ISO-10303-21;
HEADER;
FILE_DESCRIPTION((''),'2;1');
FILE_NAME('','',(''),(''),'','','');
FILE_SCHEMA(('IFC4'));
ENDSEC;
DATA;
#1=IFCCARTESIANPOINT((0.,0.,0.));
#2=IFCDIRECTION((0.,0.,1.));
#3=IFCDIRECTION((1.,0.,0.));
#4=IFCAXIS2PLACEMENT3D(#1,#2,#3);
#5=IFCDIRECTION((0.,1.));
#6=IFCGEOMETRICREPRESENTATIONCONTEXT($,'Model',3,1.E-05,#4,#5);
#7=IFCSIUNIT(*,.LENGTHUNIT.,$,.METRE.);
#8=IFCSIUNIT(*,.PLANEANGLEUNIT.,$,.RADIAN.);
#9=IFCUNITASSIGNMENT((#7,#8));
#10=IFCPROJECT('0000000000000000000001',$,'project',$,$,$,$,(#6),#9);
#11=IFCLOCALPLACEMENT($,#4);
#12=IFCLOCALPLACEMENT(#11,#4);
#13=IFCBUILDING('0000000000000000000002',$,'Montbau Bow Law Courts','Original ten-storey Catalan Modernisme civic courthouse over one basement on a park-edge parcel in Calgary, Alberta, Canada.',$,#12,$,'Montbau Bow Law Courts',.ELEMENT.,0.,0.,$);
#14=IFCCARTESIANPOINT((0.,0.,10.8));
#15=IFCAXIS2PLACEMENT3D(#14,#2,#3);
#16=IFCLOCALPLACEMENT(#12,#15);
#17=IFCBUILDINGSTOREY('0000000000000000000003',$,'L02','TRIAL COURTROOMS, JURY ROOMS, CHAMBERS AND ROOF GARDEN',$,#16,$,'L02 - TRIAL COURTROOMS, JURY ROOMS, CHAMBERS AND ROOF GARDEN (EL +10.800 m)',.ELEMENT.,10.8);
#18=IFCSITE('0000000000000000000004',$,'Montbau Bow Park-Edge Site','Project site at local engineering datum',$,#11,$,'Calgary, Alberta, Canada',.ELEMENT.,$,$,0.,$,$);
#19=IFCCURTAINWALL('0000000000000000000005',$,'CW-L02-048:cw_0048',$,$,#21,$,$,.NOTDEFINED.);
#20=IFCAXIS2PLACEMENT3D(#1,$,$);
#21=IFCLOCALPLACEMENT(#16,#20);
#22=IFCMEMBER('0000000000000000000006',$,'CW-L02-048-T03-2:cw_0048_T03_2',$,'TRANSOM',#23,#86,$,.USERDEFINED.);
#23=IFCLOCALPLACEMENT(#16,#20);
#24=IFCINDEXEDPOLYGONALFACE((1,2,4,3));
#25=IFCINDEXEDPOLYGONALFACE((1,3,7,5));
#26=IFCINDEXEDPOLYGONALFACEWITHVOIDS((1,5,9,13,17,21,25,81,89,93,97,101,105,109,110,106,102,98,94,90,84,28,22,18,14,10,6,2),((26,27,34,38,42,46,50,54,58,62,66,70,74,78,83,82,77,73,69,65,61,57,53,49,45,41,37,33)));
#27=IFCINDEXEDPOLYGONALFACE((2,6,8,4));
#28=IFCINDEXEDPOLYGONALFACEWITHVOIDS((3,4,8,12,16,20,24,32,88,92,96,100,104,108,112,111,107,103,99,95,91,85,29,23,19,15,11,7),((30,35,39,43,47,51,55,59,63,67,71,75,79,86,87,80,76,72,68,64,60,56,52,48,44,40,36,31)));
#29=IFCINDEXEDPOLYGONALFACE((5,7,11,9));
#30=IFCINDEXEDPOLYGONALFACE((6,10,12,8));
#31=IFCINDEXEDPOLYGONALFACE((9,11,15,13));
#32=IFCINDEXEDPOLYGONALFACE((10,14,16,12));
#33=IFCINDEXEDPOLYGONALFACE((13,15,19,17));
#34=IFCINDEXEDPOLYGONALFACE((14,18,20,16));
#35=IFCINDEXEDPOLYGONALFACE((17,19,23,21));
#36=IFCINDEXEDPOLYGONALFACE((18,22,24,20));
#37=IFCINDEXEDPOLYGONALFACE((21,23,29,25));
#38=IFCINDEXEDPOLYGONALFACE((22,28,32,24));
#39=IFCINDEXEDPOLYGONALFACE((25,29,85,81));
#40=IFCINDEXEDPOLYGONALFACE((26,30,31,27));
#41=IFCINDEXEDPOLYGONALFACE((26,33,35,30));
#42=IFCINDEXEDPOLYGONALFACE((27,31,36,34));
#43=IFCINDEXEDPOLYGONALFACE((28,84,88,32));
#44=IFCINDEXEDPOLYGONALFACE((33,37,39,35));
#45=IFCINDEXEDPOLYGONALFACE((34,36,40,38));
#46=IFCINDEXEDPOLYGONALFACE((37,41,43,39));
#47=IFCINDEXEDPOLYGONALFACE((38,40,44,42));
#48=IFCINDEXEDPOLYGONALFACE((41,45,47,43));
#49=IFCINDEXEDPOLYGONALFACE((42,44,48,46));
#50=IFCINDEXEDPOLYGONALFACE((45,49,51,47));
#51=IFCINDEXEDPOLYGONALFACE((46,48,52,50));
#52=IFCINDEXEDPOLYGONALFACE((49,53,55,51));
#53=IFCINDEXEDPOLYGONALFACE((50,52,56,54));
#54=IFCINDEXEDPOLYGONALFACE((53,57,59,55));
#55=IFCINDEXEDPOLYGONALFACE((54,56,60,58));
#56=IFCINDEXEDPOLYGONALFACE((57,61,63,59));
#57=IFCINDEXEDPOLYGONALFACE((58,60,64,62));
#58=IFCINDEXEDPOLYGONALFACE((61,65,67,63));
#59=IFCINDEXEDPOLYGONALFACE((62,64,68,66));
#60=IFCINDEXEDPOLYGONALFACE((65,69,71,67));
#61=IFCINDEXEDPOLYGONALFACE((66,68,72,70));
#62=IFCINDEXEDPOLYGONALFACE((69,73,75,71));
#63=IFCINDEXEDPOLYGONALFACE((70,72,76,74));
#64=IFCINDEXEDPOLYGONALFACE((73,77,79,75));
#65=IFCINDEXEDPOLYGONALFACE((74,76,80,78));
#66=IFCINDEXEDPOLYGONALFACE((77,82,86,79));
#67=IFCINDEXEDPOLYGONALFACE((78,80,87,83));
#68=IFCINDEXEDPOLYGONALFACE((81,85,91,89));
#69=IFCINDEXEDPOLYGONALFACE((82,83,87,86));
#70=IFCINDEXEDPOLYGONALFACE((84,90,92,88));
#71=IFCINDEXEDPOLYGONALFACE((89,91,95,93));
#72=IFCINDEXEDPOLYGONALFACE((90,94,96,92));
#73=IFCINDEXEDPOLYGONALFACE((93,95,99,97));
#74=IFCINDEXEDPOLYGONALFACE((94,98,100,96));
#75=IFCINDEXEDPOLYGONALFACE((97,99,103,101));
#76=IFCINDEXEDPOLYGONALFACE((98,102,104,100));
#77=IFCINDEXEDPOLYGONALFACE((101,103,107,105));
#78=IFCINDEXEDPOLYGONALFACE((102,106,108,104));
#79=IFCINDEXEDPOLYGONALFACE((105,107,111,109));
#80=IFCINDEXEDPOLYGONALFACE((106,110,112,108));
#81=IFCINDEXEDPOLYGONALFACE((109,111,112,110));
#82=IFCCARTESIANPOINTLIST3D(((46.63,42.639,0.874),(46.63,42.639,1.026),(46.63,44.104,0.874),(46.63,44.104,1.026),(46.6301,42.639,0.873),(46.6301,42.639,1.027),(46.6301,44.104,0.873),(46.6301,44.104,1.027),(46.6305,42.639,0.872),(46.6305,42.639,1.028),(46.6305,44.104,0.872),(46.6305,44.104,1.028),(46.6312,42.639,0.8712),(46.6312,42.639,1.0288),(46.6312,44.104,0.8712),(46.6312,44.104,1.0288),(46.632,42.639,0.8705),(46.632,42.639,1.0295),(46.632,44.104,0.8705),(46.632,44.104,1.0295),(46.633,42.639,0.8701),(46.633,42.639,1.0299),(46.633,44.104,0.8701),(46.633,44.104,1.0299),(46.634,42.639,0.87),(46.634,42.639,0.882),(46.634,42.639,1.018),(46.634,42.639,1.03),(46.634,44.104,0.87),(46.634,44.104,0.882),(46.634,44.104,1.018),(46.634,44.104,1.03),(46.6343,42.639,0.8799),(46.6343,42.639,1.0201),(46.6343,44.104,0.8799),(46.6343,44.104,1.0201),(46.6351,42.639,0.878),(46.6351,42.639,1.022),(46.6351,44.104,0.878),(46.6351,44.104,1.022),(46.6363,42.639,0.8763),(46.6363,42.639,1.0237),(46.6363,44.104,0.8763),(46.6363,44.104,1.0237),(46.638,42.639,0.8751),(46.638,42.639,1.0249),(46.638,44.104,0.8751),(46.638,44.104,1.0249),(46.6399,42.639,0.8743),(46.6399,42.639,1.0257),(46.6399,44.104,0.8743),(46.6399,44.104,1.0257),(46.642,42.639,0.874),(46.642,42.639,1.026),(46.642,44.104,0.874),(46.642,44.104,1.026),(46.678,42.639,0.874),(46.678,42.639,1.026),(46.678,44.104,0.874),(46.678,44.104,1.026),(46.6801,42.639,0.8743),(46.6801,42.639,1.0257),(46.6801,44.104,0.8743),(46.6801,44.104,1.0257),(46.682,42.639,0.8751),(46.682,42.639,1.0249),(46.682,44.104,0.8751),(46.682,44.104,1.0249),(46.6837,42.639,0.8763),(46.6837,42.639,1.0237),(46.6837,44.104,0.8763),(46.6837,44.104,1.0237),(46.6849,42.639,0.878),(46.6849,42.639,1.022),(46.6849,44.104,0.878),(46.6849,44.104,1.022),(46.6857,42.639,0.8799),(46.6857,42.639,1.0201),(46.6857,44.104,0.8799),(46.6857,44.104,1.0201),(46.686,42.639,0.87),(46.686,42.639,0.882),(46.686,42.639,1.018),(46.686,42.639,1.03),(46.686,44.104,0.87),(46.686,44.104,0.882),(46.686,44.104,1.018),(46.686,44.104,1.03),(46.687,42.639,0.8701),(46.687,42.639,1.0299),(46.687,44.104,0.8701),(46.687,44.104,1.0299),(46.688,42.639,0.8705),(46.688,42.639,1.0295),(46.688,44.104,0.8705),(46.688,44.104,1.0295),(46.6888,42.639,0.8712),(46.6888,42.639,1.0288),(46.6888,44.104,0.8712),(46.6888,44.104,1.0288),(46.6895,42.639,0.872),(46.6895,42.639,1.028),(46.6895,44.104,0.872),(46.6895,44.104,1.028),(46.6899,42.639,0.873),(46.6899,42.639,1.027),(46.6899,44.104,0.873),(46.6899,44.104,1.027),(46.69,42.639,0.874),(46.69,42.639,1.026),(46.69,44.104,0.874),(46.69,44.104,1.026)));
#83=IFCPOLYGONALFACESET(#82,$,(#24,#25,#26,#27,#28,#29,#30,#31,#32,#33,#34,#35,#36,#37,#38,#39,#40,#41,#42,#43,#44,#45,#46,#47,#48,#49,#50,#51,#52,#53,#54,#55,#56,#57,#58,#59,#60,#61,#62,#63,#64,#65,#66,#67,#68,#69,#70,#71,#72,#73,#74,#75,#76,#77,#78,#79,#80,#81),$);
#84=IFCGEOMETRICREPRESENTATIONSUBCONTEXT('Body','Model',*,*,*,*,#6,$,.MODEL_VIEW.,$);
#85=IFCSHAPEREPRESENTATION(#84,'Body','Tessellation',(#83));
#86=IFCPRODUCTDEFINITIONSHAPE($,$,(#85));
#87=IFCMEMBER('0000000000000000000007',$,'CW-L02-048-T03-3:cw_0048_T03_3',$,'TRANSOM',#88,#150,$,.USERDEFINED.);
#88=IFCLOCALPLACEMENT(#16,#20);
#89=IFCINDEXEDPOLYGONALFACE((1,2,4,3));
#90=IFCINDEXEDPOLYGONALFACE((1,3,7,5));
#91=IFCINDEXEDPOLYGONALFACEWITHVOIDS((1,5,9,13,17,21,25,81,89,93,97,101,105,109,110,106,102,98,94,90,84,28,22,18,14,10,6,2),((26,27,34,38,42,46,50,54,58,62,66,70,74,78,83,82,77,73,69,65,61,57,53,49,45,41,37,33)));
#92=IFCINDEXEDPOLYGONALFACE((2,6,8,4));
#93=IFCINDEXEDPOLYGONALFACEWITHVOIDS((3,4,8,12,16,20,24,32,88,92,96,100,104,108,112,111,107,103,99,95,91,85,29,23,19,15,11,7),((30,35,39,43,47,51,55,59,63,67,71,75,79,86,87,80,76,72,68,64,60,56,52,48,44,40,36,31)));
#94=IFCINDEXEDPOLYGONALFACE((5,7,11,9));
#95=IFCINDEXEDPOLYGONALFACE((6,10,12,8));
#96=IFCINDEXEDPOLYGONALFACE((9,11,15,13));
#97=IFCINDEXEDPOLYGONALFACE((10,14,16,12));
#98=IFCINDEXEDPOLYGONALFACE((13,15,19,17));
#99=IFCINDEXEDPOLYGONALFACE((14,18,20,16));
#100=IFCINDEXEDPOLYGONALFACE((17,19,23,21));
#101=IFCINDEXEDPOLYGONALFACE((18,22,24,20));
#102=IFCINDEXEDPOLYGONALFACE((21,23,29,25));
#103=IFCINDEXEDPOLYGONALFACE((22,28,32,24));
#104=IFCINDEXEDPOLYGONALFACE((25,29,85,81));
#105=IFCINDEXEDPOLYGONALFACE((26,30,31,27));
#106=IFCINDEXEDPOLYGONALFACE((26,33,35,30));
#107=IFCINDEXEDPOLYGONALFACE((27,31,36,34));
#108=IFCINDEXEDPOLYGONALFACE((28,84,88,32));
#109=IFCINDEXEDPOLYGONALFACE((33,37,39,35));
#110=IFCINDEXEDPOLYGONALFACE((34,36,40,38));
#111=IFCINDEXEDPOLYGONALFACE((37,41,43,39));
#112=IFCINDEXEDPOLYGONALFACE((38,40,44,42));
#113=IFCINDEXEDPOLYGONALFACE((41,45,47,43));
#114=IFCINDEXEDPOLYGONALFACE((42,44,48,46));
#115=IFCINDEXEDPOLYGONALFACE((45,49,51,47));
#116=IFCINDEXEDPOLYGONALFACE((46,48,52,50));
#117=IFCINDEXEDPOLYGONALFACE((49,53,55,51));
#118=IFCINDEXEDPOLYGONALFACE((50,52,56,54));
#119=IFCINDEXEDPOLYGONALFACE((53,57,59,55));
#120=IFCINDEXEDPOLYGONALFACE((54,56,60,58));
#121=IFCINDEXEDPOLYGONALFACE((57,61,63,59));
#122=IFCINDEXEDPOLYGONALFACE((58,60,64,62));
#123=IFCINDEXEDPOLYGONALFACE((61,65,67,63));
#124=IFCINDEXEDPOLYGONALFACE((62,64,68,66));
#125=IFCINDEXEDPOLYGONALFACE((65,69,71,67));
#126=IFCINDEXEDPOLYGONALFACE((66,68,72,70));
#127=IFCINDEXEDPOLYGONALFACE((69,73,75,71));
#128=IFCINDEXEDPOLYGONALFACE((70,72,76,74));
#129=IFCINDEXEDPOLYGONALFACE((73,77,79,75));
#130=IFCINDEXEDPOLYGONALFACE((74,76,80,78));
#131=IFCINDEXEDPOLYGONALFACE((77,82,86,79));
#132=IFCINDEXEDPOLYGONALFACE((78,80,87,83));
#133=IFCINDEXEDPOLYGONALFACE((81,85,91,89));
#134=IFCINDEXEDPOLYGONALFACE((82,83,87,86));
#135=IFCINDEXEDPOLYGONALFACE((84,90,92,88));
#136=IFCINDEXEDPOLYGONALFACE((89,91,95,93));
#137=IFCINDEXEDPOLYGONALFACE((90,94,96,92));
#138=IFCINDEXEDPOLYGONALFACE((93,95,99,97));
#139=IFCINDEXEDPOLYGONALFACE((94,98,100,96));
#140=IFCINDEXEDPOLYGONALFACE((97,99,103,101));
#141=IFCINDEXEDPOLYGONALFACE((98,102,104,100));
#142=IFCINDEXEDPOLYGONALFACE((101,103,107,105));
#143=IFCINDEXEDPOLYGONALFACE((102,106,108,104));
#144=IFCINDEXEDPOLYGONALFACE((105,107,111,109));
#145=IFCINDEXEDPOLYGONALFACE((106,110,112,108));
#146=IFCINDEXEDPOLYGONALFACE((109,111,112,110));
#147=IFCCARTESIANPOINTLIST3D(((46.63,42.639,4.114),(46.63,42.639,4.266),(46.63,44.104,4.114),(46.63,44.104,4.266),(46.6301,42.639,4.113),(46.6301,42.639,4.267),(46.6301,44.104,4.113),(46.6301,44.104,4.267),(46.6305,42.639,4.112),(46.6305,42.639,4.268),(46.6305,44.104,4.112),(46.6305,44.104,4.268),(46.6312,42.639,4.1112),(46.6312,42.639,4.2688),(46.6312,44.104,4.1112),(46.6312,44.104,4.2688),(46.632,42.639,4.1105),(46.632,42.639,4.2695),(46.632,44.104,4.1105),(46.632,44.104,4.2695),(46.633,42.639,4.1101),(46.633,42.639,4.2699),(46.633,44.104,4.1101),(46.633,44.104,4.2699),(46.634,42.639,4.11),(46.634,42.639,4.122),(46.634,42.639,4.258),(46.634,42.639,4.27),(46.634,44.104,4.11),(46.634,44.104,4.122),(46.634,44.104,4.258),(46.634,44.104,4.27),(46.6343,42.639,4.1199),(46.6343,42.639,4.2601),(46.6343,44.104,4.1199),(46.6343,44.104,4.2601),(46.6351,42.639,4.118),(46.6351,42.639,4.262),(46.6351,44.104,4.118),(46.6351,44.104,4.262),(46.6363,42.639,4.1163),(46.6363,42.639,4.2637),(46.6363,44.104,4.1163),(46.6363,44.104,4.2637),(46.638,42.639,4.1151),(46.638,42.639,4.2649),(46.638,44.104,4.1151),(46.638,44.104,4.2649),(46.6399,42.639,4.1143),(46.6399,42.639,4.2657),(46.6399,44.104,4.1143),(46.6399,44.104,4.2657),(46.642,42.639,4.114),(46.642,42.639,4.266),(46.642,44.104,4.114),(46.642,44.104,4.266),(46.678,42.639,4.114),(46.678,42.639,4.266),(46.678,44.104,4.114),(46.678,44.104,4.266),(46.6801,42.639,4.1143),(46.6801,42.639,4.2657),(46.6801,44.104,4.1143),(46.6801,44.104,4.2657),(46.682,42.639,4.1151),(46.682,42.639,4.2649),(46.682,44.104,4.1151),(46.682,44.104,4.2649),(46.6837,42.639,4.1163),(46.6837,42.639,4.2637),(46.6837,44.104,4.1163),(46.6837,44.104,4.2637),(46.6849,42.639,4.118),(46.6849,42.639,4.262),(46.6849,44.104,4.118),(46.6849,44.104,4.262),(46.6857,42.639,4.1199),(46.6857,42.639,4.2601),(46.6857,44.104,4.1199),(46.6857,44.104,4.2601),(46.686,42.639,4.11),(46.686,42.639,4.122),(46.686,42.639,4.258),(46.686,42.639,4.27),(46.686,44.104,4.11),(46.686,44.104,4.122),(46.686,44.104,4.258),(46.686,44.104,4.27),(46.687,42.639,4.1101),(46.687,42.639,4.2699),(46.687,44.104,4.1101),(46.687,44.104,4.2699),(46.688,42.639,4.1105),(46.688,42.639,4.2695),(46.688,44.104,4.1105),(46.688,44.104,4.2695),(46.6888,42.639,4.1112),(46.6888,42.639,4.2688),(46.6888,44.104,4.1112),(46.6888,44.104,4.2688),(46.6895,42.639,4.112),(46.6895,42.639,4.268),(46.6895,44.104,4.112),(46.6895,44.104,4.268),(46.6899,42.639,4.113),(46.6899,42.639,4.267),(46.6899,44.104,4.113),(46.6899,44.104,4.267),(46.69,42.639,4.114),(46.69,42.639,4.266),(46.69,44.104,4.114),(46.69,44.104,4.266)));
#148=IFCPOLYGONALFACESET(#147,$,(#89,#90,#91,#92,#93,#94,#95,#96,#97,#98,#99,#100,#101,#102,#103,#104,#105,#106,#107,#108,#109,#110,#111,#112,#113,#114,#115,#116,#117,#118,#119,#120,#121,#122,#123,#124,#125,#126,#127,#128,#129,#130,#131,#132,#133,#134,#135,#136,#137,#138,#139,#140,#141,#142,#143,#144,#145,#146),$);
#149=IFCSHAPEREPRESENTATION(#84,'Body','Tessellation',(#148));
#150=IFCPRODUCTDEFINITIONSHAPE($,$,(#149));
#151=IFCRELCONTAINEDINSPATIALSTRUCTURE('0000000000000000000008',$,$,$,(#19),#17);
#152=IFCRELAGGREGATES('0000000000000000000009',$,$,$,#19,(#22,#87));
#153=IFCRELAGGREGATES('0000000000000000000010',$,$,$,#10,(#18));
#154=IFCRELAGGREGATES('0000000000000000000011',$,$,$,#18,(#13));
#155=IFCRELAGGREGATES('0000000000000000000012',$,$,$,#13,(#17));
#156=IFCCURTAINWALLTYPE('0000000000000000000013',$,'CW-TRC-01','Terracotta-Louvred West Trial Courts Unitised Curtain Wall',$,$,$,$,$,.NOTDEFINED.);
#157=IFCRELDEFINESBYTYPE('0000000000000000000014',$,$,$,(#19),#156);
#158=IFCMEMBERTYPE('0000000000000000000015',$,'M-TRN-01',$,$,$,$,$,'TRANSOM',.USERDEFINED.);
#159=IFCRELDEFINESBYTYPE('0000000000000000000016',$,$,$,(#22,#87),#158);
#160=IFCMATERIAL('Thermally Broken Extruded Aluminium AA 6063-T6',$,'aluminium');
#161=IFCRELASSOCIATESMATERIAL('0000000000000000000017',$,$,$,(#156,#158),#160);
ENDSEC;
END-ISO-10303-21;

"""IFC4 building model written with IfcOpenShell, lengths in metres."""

from ifc_helpers import new_model, si_unit, direction, frame, origin_with_axes, origin_2d_with_axis, place, context, subcontext, project, spatial, hollow_rectangle, extrude, material, material_profile, profile_set, type_object, element, aggregate, save


model = new_model("IFC4")

# Units and contexts
model_context = context("Model", 3, precision=1e-05, world=origin_with_axes(), true_north=direction((0.0, 1.0)))
body_context = subcontext(model_context, "Body", "Model", "MODEL_VIEW")
ifc_project = project(units=[si_unit("LENGTHUNIT", "METRE"), si_unit("PLANEANGLEUNIT", "RADIAN")], contexts=[model_context])

# Site, building, storey
site_placement = place(None, origin_with_axes())
site = spatial("IfcSite", under=ifc_project, at=site_placement, Name="Montbau Bow Park-Edge Site", Description="Project site at local engineering datum", LongName="Calgary, Alberta, Canada", CompositionType="ELEMENT", RefElevation=0.0)
building_placement = place(site_placement, origin_with_axes())
building = spatial("IfcBuilding", under=site, at=building_placement, Name="Montbau Bow Law Courts", Description="Original ten-storey Catalan Modernisme civic courthouse over one basement on a park-edge parcel in Calgary, Alberta, Canada.", LongName="Montbau Bow Law Courts", CompositionType="ELEMENT", ElevationOfRefHeight=0.0, ElevationOfTerrain=0.0)
storey_placement = place(building_placement, frame((0.0, 0.0, 10.8), z_axis=(0.0, 0.0, 1.0), x_axis=(1.0, 0.0, 0.0)))
storey = spatial("IfcBuildingStorey", under=building, at=storey_placement, Name="L02", Description="TRIAL COURTROOMS, JURY ROOMS, CHAMBERS AND ROOF GARDEN", LongName="L02 - TRIAL COURTROOMS, JURY ROOMS, CHAMBERS AND ROOF GARDEN (EL +10.800 m)", CompositionType="ELEMENT", Elevation=10.8)

# Curtain wall
ifc_material_1 = material(Name="Thermally Broken Extruded Aluminium AA 6063-T6", Category="aluminium")
curtain_wall_type = type_object("IfcCurtainWallType", Name="CW-TRC-01", Description="Terracotta-Louvred West Trial Courts Unitised Curtain Wall", PredefinedType="NOTDEFINED", material=ifc_material_1)
curtain_wall_1_placement = place(None, frame((46.66, 39.515, 10.8), z_axis=(0.0, 0.0, 1.0), x_axis=(1.0, 0.0, 0.0)))
curtain_wall_1 = element("IfcCurtainWall", 1, at=curtain_wall_1_placement, inside=storey, type_object=curtain_wall_type, Name="CW-L02-048:cw_0048", PredefinedType="NOTDEFINED")

# Members
ifc_material_profile_1 = material_profile(ifc_material_1, hollow_rectangle(XDim=0.06, YDim=0.16, WallThickness=0.004, InnerFilletRadius=0.008, OuterFilletRadius=0.004, at=origin_2d_with_axis()), Name="CWT-160X60", Category="Main", Priority=0)
ifc_profile_set_1 = profile_set([ifc_material_profile_1], Name="Thermally Broken Extruded Aluminium AA 6063-T6")
member_type_1 = type_object("IfcMemberType", Name="M-TRN-01", ElementType="TRANSOM", PredefinedType="USERDEFINED", material=ifc_profile_set_1)
member_1_placement = place(None, frame((46.66, 42.639, 11.75), z_axis=(0.0, 1.0, 0.0), x_axis=(-1.0, 0.0, 0.0)))
member_1 = element("IfcMember", 2, at=member_1_placement, type_object=member_type_1, Name="CW-L02-048-T03-2:cw_0048_T03_2", ObjectType="TRANSOM", PredefinedType="USERDEFINED", context=body_context, shape_type="SweptSolid", body=[
    extrude(hollow_rectangle(XDim=0.06, YDim=0.16, WallThickness=0.004, InnerFilletRadius=0.008, OuterFilletRadius=0.004, at=origin_2d_with_axis()), origin_with_axes(), (0.0, 0.0, 1.0), 1.465),
])
member_2_placement = place(None, frame((46.66, 42.639, 14.99), z_axis=(0.0, 1.0, 0.0), x_axis=(-1.0, 0.0, 0.0)))
member_2 = element("IfcMember", 3, at=member_2_placement, type_object=member_type_1, Name="CW-L02-048-T03-3:cw_0048_T03_3", ObjectType="TRANSOM", PredefinedType="USERDEFINED", context=body_context, shape_type="SweptSolid", body=[
    extrude(hollow_rectangle(XDim=0.06, YDim=0.16, WallThickness=0.004, InnerFilletRadius=0.008, OuterFilletRadius=0.004, at=origin_2d_with_axis()), origin_with_axes(), (0.0, 0.0, 1.0), 1.465),
])

aggregate(curtain_wall_1, [member_1, member_2])

save(model, "model.ifc")
